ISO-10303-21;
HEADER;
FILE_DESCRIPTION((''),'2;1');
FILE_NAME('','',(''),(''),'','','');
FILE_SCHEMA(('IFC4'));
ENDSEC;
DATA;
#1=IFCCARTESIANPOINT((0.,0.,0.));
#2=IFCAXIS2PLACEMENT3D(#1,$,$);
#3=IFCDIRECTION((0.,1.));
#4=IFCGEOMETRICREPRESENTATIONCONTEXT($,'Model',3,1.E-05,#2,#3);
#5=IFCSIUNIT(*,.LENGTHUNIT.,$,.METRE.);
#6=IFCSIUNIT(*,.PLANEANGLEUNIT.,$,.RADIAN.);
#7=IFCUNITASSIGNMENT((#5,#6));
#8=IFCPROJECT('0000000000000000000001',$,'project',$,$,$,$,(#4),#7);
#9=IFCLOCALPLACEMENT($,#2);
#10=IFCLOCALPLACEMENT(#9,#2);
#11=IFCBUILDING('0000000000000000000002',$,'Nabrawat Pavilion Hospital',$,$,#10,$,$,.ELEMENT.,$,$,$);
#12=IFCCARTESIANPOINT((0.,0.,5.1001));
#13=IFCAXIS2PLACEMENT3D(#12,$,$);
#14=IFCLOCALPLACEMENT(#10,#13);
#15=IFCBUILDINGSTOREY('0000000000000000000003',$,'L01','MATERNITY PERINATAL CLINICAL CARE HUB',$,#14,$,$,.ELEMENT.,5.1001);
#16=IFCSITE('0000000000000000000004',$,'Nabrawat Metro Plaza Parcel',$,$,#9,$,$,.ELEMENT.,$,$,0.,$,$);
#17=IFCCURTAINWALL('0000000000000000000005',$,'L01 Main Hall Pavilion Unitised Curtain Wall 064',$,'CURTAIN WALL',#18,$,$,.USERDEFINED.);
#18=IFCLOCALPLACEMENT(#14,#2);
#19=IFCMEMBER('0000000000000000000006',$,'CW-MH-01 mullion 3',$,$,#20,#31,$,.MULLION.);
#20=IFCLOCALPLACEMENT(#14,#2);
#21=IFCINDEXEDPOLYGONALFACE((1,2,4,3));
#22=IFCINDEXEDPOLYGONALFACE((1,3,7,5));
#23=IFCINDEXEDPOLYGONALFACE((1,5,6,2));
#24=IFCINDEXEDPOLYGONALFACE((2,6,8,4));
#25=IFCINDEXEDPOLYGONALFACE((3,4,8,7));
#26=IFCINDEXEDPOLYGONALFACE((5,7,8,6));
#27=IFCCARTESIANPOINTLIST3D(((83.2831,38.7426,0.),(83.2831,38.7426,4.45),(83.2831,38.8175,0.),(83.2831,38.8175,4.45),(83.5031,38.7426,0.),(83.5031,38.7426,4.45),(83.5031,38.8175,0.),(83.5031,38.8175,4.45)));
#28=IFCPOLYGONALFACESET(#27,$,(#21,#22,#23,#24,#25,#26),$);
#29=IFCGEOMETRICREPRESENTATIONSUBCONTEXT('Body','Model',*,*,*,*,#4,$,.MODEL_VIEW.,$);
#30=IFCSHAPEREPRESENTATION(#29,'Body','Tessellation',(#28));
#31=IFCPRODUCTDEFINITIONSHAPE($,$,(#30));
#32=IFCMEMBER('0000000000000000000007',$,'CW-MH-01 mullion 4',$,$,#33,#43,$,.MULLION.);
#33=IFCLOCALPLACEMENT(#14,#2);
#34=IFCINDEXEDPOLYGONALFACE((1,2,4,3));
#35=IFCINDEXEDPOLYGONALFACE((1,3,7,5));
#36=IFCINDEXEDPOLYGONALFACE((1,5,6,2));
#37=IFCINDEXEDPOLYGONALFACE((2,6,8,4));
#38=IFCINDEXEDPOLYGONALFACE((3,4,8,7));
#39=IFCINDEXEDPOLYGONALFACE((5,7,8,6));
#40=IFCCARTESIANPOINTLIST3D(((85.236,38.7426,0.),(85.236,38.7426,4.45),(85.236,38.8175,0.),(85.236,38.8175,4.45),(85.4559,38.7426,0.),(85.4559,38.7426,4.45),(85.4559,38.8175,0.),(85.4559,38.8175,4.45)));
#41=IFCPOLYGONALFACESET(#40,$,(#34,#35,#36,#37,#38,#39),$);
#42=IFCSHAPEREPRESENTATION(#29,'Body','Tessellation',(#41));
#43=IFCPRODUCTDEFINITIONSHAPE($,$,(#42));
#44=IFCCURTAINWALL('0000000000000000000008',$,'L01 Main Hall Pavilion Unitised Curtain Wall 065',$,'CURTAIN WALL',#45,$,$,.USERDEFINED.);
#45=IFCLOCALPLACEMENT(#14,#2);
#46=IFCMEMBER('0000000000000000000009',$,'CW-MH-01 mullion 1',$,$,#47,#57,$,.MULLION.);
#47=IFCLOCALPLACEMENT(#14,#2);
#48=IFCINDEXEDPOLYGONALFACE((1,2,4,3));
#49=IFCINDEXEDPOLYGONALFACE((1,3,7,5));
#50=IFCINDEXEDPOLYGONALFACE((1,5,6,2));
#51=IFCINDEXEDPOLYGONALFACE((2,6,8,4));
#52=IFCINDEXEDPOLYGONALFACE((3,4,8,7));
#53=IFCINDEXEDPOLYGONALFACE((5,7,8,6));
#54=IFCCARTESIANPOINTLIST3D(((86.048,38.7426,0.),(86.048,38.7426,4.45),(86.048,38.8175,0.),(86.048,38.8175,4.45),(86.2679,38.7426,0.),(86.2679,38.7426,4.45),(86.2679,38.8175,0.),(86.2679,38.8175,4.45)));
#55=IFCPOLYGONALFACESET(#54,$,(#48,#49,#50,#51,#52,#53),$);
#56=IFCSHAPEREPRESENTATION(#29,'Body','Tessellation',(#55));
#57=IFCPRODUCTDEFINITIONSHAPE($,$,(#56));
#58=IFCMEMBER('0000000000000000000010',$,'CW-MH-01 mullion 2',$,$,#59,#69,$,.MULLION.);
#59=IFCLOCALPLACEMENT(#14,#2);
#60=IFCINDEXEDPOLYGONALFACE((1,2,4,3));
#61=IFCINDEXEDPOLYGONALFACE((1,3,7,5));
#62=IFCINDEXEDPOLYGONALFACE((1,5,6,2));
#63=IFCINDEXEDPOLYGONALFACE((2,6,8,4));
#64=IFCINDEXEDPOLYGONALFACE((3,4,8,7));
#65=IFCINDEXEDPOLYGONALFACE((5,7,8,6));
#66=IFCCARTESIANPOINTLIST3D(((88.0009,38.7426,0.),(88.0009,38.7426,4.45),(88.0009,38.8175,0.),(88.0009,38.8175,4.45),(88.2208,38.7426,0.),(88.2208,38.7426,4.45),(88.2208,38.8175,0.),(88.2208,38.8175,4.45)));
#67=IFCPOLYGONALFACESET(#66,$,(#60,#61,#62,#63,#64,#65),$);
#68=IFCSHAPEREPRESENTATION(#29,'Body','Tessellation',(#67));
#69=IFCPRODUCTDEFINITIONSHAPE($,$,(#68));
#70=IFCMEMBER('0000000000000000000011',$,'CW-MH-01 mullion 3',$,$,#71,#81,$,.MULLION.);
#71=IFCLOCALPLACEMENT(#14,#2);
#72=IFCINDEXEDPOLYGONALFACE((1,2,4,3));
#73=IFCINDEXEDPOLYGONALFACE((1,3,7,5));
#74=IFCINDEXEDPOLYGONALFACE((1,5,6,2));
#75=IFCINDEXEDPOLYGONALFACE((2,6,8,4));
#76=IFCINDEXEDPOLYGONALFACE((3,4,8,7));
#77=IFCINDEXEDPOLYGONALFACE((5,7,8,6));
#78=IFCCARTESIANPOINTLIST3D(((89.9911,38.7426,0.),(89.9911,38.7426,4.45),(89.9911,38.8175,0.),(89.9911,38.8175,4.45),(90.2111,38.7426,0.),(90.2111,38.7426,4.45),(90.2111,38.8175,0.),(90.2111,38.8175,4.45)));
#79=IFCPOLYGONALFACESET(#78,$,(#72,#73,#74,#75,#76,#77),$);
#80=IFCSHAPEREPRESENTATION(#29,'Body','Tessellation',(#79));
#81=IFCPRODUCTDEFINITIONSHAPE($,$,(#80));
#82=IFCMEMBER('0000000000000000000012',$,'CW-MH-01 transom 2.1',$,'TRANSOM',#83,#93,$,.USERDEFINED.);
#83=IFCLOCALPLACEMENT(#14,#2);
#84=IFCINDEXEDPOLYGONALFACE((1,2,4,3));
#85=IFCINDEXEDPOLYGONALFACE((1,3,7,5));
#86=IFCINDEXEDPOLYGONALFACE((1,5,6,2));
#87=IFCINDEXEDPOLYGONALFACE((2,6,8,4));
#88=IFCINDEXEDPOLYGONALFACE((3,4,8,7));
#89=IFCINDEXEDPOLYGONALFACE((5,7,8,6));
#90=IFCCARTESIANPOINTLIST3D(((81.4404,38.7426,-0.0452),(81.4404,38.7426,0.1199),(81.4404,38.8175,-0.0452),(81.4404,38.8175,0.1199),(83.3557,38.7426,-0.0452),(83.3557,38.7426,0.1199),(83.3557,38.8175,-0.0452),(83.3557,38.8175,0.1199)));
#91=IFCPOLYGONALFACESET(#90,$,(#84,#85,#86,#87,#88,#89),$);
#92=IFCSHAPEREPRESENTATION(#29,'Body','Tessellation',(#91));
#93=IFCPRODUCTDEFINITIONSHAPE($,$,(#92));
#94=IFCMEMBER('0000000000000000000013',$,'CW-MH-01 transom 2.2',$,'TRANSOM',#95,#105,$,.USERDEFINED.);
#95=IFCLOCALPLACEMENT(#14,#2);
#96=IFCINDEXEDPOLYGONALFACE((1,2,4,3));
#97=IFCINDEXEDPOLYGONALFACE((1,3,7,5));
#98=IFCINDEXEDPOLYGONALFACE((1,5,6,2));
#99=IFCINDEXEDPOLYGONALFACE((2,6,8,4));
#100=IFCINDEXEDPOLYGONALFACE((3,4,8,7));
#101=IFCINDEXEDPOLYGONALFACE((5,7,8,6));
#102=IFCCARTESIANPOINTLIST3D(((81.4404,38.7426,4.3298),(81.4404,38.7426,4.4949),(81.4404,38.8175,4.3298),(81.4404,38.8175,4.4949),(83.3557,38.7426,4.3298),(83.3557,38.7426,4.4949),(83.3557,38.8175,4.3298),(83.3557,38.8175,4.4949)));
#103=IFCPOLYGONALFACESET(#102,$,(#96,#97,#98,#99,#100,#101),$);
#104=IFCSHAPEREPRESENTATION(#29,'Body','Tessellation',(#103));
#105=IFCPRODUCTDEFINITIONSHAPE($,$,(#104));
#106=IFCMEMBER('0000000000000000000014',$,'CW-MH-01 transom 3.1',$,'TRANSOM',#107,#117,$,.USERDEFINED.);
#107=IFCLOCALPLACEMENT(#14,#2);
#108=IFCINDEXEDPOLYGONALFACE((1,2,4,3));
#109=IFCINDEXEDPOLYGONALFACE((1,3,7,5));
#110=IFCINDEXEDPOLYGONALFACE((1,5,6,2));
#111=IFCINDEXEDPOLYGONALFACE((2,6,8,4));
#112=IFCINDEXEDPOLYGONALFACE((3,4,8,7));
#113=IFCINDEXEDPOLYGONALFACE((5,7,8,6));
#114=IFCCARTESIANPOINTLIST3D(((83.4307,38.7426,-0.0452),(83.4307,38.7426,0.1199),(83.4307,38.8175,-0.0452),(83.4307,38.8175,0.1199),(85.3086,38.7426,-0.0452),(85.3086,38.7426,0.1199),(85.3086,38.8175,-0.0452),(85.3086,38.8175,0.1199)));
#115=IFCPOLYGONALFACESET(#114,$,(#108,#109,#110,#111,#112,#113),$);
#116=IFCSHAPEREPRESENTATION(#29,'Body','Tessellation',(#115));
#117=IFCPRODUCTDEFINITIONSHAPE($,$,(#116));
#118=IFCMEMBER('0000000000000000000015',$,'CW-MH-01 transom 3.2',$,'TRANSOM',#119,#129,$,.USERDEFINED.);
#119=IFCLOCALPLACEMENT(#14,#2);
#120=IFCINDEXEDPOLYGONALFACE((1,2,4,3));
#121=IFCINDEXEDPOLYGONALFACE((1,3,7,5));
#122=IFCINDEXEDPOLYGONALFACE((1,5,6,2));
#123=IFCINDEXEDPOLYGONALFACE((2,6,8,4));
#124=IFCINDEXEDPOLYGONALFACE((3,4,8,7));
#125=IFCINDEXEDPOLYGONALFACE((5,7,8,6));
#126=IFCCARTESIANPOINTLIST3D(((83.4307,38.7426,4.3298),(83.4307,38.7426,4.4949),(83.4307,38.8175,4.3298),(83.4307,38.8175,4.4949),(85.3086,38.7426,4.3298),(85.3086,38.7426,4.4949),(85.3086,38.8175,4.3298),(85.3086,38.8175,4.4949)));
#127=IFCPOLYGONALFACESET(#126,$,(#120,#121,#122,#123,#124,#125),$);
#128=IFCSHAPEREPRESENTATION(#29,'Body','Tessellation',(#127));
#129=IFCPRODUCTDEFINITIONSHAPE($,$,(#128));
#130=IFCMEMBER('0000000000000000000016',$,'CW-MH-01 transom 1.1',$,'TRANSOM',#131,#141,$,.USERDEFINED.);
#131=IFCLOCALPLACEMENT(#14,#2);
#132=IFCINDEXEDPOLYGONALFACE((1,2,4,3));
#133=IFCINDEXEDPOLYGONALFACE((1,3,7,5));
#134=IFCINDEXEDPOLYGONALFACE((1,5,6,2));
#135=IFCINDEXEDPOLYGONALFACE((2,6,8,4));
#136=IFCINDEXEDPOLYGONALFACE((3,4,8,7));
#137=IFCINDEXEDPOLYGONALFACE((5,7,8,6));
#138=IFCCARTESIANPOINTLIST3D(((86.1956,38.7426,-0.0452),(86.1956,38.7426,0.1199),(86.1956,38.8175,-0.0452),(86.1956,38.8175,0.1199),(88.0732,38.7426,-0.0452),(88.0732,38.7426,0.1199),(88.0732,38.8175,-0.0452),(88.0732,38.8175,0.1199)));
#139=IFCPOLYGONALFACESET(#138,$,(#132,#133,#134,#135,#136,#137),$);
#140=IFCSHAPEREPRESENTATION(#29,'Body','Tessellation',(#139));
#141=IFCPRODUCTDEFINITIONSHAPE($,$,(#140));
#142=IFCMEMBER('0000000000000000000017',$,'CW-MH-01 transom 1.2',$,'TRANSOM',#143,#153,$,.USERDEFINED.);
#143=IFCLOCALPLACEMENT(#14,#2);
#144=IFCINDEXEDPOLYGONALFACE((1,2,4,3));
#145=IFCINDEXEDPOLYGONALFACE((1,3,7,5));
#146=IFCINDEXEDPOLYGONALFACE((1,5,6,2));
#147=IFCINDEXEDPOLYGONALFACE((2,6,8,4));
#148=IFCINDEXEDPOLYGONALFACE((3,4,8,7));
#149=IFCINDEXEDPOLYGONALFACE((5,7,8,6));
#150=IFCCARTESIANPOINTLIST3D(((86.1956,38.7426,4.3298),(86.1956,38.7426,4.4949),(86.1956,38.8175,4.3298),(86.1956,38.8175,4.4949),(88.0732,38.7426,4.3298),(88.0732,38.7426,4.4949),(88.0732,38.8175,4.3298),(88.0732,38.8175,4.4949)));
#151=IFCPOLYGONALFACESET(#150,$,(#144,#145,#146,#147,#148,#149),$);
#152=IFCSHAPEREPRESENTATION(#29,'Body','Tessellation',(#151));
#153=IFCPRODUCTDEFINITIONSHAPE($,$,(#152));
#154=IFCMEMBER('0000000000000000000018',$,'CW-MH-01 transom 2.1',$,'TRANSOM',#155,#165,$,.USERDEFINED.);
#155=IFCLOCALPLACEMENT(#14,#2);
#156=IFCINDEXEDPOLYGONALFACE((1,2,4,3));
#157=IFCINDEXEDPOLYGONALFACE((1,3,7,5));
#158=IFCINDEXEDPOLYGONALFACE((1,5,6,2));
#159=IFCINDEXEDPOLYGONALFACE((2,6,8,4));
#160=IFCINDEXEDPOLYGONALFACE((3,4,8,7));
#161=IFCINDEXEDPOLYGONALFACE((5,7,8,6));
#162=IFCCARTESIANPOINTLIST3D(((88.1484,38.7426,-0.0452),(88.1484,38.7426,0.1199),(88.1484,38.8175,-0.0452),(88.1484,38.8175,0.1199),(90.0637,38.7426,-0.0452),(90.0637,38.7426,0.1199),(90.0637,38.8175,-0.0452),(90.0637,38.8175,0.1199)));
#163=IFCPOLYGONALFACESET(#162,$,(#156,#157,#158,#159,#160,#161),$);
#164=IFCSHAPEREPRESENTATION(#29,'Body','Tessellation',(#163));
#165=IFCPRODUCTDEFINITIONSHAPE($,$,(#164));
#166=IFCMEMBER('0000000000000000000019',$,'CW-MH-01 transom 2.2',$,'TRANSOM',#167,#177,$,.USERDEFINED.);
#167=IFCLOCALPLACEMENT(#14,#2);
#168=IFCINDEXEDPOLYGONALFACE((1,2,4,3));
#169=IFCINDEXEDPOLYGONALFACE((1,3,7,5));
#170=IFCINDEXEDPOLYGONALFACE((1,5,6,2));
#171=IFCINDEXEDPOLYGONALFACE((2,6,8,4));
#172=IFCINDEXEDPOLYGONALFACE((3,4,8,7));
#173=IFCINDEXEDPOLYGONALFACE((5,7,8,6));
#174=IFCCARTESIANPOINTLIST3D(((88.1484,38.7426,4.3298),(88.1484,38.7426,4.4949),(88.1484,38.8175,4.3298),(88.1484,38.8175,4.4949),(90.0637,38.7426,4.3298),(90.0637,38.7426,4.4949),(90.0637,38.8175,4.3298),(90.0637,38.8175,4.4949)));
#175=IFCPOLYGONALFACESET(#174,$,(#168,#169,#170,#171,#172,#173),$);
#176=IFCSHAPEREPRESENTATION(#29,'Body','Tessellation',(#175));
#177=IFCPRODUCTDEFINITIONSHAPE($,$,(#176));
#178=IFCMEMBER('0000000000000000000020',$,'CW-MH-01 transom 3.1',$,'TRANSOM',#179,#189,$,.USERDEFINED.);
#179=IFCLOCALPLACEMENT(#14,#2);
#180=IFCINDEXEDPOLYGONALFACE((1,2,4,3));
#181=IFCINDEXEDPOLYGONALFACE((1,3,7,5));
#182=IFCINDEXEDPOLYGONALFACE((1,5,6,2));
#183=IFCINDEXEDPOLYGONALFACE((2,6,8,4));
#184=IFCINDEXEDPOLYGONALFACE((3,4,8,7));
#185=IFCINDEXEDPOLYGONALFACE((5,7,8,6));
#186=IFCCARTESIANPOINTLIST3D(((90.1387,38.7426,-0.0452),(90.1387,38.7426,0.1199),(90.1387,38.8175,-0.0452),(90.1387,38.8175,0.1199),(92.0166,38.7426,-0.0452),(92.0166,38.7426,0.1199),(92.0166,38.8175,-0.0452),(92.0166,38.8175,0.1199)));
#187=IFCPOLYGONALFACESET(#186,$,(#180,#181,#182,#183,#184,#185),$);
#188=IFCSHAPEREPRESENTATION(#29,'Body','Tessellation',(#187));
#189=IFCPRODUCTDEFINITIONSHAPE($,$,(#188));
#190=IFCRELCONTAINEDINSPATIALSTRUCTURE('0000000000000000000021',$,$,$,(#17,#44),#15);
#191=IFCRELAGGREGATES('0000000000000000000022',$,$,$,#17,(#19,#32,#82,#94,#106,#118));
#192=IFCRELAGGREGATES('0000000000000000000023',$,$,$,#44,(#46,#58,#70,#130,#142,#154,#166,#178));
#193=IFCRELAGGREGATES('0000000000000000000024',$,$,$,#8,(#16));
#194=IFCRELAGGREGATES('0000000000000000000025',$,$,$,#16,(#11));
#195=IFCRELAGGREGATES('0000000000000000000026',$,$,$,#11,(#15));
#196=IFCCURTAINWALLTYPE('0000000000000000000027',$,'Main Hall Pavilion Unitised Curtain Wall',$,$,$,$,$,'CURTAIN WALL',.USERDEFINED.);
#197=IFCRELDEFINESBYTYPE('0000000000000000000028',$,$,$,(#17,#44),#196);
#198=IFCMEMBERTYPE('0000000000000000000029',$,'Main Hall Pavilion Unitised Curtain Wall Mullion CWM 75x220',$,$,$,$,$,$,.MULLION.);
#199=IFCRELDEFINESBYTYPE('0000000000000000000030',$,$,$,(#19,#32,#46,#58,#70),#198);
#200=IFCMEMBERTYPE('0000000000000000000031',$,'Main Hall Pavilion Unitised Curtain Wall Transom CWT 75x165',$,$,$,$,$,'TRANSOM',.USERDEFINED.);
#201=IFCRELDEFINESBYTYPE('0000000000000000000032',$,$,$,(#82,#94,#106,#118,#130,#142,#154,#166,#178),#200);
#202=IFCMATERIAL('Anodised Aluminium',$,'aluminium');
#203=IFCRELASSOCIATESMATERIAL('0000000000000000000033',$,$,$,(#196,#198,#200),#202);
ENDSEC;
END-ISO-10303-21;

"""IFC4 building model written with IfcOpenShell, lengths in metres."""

from ifc_helpers import new_model, si_unit, direction, frame, origin, origin_2d, place, context, subcontext, project, spatial, rectangle, extrude, material, material_profile, profile_set, type_object, element, aggregate, save


model = new_model("IFC4")

# Units and contexts
model_context = context("Model", 3, precision=1e-05, world=origin(), true_north=direction((0.0, 1.0)))
body_context = subcontext(model_context, "Body", "Model", "MODEL_VIEW")
ifc_project = project(units=[si_unit("LENGTHUNIT", "METRE"), si_unit("PLANEANGLEUNIT", "RADIAN")], contexts=[model_context])

# Site, building, storey
site_placement = place(None, origin())
site = spatial("IfcSite", under=ifc_project, at=site_placement, Name="Nabrawat Metro Plaza Parcel", CompositionType="ELEMENT", RefElevation=0.0)
building_placement = place(site_placement, origin())
building = spatial("IfcBuilding", under=site, at=building_placement, Name="Nabrawat Pavilion Hospital", CompositionType="ELEMENT")
storey_placement = place(building_placement, frame((0.0, 0.0, 5.1001)))
storey = spatial("IfcBuildingStorey", under=building, at=storey_placement, Name="L01", Description="MATERNITY PERINATAL CLINICAL CARE HUB", CompositionType="ELEMENT", Elevation=5.1001)

# Curtain walls, members
ifc_material_1 = material(Name="Anodised Aluminium", Category="aluminium")
curtain_wall_type = type_object("IfcCurtainWallType", Name="Main Hall Pavilion Unitised Curtain Wall", ElementType="CURTAIN WALL", PredefinedType="USERDEFINED", material=ifc_material_1)
curtain_wall_1_placement = place(storey_placement, origin())
curtain_wall_1 = element("IfcCurtainWall", 1, at=curtain_wall_1_placement, inside=storey, type_object=curtain_wall_type, Name="L01 Main Hall Pavilion Unitised Curtain Wall 064", ObjectType="CURTAIN WALL", PredefinedType="USERDEFINED")
ifc_material_profile_1 = material_profile(ifc_material_1, rectangle(XDim=0.075, YDim=0.22, at=origin_2d()), Name="CWM 75x220")
ifc_profile_set_1 = profile_set([ifc_material_profile_1], Name="Anodised Aluminium")
member_type_1 = type_object("IfcMemberType", Name="Main Hall Pavilion Unitised Curtain Wall Mullion CWM 75x220", PredefinedType="MULLION", material=ifc_profile_set_1)
member_1_placement = place(storey_placement, frame((83.3931, 38.78, 0.0), z_axis=(0.0, 0.0, 1.0), x_axis=(0.0, 1.0, 0.0)))
member_1 = element("IfcMember", 2, at=member_1_placement, type_object=member_type_1, Name="CW-MH-01 mullion 3", PredefinedType="MULLION", context=body_context, shape_type="SweptSolid", body=[
    extrude(rectangle(XDim=0.075, YDim=0.22, at=origin_2d()), origin(), (0.0, 0.0, 1.0), 4.45),
])
member_2_placement = place(storey_placement, frame((85.3459, 38.78, 0.0), z_axis=(0.0, 0.0, 1.0), x_axis=(0.0, 1.0, 0.0)))
member_2 = element("IfcMember", 3, at=member_2_placement, type_object=member_type_1, Name="CW-MH-01 mullion 4", PredefinedType="MULLION", context=body_context, shape_type="SweptSolid", body=[
    extrude(rectangle(XDim=0.075, YDim=0.22, at=origin_2d()), origin(), (0.0, 0.0, 1.0), 4.45),
])
curtain_wall_2_placement = place(storey_placement, origin())
curtain_wall_2 = element("IfcCurtainWall", 4, at=curtain_wall_2_placement, inside=storey, type_object=curtain_wall_type, Name="L01 Main Hall Pavilion Unitised Curtain Wall 065", ObjectType="CURTAIN WALL", PredefinedType="USERDEFINED")
member_3_placement = place(storey_placement, frame((86.158, 38.78, 0.0), z_axis=(0.0, 0.0, 1.0), x_axis=(0.0, 1.0, 0.0)))
member_3 = element("IfcMember", 5, at=member_3_placement, type_object=member_type_1, Name="CW-MH-01 mullion 1", PredefinedType="MULLION", context=body_context, shape_type="SweptSolid", body=[
    extrude(rectangle(XDim=0.075, YDim=0.22, at=origin_2d()), origin(), (0.0, 0.0, 1.0), 4.45),
])
member_4_placement = place(storey_placement, frame((88.1108, 38.78, 0.0), z_axis=(0.0, 0.0, 1.0), x_axis=(0.0, 1.0, 0.0)))
member_4 = element("IfcMember", 6, at=member_4_placement, type_object=member_type_1, Name="CW-MH-01 mullion 2", PredefinedType="MULLION", context=body_context, shape_type="SweptSolid", body=[
    extrude(rectangle(XDim=0.075, YDim=0.22, at=origin_2d()), origin(), (0.0, 0.0, 1.0), 4.45),
])
member_5_placement = place(storey_placement, frame((90.1011, 38.78, 0.0), z_axis=(0.0, 0.0, 1.0), x_axis=(0.0, 1.0, 0.0)))
member_5 = element("IfcMember", 7, at=member_5_placement, type_object=member_type_1, Name="CW-MH-01 mullion 3", PredefinedType="MULLION", context=body_context, shape_type="SweptSolid", body=[
    extrude(rectangle(XDim=0.075, YDim=0.22, at=origin_2d()), origin(), (0.0, 0.0, 1.0), 4.45),
])

# Members
ifc_material_profile_2 = material_profile(ifc_material_1, rectangle(XDim=0.075, YDim=0.165, at=origin_2d()), Name="CWT 75x165")
ifc_profile_set_2 = profile_set([ifc_material_profile_2], Name="Anodised Aluminium")
member_type_2 = type_object("IfcMemberType", Name="Main Hall Pavilion Unitised Curtain Wall Transom CWT 75x165", ElementType="TRANSOM", PredefinedType="USERDEFINED", material=ifc_profile_set_2)
member_6_placement = place(storey_placement, frame((81.4404, 38.78, 0.0374), z_axis=(1.0, 0.0, 0.0), x_axis=(0.0, 1.0, 0.0)))
member_6 = element("IfcMember", 8, at=member_6_placement, type_object=member_type_2, Name="CW-MH-01 transom 2.1", ObjectType="TRANSOM", PredefinedType="USERDEFINED", context=body_context, shape_type="SweptSolid", body=[
    extrude(rectangle(XDim=0.075, YDim=0.165, at=origin_2d()), origin(), (0.0, 0.0, 1.0), 1.9153),
])
member_7_placement = place(storey_placement, frame((81.4404, 38.78, 4.4124), z_axis=(1.0, 0.0, 0.0), x_axis=(0.0, 1.0, 0.0)))
member_7 = element("IfcMember", 9, at=member_7_placement, type_object=member_type_2, Name="CW-MH-01 transom 2.2", ObjectType="TRANSOM", PredefinedType="USERDEFINED", context=body_context, shape_type="SweptSolid", body=[
    extrude(rectangle(XDim=0.075, YDim=0.165, at=origin_2d()), origin(), (0.0, 0.0, 1.0), 1.9153),
])
member_8_placement = place(storey_placement, frame((83.4307, 38.78, 0.0374), z_axis=(1.0, 0.0, 0.0), x_axis=(0.0, 1.0, 0.0)))
member_8 = element("IfcMember", 10, at=member_8_placement, type_object=member_type_2, Name="CW-MH-01 transom 3.1", ObjectType="TRANSOM", PredefinedType="USERDEFINED", context=body_context, shape_type="SweptSolid", body=[
    extrude(rectangle(XDim=0.075, YDim=0.165, at=origin_2d()), origin(), (0.0, 0.0, 1.0), 1.8779),
])
member_9_placement = place(storey_placement, frame((83.4307, 38.78, 4.4124), z_axis=(1.0, 0.0, 0.0), x_axis=(0.0, 1.0, 0.0)))
member_9 = element("IfcMember", 11, at=member_9_placement, type_object=member_type_2, Name="CW-MH-01 transom 3.2", ObjectType="TRANSOM", PredefinedType="USERDEFINED", context=body_context, shape_type="SweptSolid", body=[
    extrude(rectangle(XDim=0.075, YDim=0.165, at=origin_2d()), origin(), (0.0, 0.0, 1.0), 1.8779),
])
member_10_placement = place(storey_placement, frame((86.1956, 38.78, 0.0374), z_axis=(1.0, 0.0, 0.0), x_axis=(0.0, 1.0, 0.0)))
member_10 = element("IfcMember", 12, at=member_10_placement, type_object=member_type_2, Name="CW-MH-01 transom 1.1", ObjectType="TRANSOM", PredefinedType="USERDEFINED", context=body_context, shape_type="SweptSolid", body=[
    extrude(rectangle(XDim=0.075, YDim=0.165, at=origin_2d()), origin(), (0.0, 0.0, 1.0), 1.8777),
])
member_11_placement = place(storey_placement, frame((86.1956, 38.78, 4.4124), z_axis=(1.0, 0.0, 0.0), x_axis=(0.0, 1.0, 0.0)))
member_11 = element("IfcMember", 13, at=member_11_placement, type_object=member_type_2, Name="CW-MH-01 transom 1.2", ObjectType="TRANSOM", PredefinedType="USERDEFINED", context=body_context, shape_type="SweptSolid", body=[
    extrude(rectangle(XDim=0.075, YDim=0.165, at=origin_2d()), origin(), (0.0, 0.0, 1.0), 1.8777),
])
member_12_placement = place(storey_placement, frame((88.1484, 38.78, 0.0374), z_axis=(1.0, 0.0, 0.0), x_axis=(0.0, 1.0, 0.0)))
member_12 = element("IfcMember", 14, at=member_12_placement, type_object=member_type_2, Name="CW-MH-01 transom 2.1", ObjectType="TRANSOM", PredefinedType="USERDEFINED", context=body_context, shape_type="SweptSolid", body=[
    extrude(rectangle(XDim=0.075, YDim=0.165, at=origin_2d()), origin(), (0.0, 0.0, 1.0), 1.9153),
])
member_13_placement = place(storey_placement, frame((88.1484, 38.78, 4.4124), z_axis=(1.0, 0.0, 0.0), x_axis=(0.0, 1.0, 0.0)))
member_13 = element("IfcMember", 15, at=member_13_placement, type_object=member_type_2, Name="CW-MH-01 transom 2.2", ObjectType="TRANSOM", PredefinedType="USERDEFINED", context=body_context, shape_type="SweptSolid", body=[
    extrude(rectangle(XDim=0.075, YDim=0.165, at=origin_2d()), origin(), (0.0, 0.0, 1.0), 1.9153),
])
member_14_placement = place(storey_placement, frame((90.1387, 38.78, 0.0374), z_axis=(1.0, 0.0, 0.0), x_axis=(0.0, 1.0, 0.0)))
member_14 = element("IfcMember", 16, at=member_14_placement, type_object=member_type_2, Name="CW-MH-01 transom 3.1", ObjectType="TRANSOM", PredefinedType="USERDEFINED", context=body_context, shape_type="SweptSolid", body=[
    extrude(rectangle(XDim=0.075, YDim=0.165, at=origin_2d()), origin(), (0.0, 0.0, 1.0), 1.8779),
])

aggregate(curtain_wall_1, [member_1, member_2, member_6, member_7, member_8, member_9])
aggregate(curtain_wall_2, [member_3, member_4, member_5, member_10, member_11, member_12, member_13, member_14])

save(model, "model.ifc")
